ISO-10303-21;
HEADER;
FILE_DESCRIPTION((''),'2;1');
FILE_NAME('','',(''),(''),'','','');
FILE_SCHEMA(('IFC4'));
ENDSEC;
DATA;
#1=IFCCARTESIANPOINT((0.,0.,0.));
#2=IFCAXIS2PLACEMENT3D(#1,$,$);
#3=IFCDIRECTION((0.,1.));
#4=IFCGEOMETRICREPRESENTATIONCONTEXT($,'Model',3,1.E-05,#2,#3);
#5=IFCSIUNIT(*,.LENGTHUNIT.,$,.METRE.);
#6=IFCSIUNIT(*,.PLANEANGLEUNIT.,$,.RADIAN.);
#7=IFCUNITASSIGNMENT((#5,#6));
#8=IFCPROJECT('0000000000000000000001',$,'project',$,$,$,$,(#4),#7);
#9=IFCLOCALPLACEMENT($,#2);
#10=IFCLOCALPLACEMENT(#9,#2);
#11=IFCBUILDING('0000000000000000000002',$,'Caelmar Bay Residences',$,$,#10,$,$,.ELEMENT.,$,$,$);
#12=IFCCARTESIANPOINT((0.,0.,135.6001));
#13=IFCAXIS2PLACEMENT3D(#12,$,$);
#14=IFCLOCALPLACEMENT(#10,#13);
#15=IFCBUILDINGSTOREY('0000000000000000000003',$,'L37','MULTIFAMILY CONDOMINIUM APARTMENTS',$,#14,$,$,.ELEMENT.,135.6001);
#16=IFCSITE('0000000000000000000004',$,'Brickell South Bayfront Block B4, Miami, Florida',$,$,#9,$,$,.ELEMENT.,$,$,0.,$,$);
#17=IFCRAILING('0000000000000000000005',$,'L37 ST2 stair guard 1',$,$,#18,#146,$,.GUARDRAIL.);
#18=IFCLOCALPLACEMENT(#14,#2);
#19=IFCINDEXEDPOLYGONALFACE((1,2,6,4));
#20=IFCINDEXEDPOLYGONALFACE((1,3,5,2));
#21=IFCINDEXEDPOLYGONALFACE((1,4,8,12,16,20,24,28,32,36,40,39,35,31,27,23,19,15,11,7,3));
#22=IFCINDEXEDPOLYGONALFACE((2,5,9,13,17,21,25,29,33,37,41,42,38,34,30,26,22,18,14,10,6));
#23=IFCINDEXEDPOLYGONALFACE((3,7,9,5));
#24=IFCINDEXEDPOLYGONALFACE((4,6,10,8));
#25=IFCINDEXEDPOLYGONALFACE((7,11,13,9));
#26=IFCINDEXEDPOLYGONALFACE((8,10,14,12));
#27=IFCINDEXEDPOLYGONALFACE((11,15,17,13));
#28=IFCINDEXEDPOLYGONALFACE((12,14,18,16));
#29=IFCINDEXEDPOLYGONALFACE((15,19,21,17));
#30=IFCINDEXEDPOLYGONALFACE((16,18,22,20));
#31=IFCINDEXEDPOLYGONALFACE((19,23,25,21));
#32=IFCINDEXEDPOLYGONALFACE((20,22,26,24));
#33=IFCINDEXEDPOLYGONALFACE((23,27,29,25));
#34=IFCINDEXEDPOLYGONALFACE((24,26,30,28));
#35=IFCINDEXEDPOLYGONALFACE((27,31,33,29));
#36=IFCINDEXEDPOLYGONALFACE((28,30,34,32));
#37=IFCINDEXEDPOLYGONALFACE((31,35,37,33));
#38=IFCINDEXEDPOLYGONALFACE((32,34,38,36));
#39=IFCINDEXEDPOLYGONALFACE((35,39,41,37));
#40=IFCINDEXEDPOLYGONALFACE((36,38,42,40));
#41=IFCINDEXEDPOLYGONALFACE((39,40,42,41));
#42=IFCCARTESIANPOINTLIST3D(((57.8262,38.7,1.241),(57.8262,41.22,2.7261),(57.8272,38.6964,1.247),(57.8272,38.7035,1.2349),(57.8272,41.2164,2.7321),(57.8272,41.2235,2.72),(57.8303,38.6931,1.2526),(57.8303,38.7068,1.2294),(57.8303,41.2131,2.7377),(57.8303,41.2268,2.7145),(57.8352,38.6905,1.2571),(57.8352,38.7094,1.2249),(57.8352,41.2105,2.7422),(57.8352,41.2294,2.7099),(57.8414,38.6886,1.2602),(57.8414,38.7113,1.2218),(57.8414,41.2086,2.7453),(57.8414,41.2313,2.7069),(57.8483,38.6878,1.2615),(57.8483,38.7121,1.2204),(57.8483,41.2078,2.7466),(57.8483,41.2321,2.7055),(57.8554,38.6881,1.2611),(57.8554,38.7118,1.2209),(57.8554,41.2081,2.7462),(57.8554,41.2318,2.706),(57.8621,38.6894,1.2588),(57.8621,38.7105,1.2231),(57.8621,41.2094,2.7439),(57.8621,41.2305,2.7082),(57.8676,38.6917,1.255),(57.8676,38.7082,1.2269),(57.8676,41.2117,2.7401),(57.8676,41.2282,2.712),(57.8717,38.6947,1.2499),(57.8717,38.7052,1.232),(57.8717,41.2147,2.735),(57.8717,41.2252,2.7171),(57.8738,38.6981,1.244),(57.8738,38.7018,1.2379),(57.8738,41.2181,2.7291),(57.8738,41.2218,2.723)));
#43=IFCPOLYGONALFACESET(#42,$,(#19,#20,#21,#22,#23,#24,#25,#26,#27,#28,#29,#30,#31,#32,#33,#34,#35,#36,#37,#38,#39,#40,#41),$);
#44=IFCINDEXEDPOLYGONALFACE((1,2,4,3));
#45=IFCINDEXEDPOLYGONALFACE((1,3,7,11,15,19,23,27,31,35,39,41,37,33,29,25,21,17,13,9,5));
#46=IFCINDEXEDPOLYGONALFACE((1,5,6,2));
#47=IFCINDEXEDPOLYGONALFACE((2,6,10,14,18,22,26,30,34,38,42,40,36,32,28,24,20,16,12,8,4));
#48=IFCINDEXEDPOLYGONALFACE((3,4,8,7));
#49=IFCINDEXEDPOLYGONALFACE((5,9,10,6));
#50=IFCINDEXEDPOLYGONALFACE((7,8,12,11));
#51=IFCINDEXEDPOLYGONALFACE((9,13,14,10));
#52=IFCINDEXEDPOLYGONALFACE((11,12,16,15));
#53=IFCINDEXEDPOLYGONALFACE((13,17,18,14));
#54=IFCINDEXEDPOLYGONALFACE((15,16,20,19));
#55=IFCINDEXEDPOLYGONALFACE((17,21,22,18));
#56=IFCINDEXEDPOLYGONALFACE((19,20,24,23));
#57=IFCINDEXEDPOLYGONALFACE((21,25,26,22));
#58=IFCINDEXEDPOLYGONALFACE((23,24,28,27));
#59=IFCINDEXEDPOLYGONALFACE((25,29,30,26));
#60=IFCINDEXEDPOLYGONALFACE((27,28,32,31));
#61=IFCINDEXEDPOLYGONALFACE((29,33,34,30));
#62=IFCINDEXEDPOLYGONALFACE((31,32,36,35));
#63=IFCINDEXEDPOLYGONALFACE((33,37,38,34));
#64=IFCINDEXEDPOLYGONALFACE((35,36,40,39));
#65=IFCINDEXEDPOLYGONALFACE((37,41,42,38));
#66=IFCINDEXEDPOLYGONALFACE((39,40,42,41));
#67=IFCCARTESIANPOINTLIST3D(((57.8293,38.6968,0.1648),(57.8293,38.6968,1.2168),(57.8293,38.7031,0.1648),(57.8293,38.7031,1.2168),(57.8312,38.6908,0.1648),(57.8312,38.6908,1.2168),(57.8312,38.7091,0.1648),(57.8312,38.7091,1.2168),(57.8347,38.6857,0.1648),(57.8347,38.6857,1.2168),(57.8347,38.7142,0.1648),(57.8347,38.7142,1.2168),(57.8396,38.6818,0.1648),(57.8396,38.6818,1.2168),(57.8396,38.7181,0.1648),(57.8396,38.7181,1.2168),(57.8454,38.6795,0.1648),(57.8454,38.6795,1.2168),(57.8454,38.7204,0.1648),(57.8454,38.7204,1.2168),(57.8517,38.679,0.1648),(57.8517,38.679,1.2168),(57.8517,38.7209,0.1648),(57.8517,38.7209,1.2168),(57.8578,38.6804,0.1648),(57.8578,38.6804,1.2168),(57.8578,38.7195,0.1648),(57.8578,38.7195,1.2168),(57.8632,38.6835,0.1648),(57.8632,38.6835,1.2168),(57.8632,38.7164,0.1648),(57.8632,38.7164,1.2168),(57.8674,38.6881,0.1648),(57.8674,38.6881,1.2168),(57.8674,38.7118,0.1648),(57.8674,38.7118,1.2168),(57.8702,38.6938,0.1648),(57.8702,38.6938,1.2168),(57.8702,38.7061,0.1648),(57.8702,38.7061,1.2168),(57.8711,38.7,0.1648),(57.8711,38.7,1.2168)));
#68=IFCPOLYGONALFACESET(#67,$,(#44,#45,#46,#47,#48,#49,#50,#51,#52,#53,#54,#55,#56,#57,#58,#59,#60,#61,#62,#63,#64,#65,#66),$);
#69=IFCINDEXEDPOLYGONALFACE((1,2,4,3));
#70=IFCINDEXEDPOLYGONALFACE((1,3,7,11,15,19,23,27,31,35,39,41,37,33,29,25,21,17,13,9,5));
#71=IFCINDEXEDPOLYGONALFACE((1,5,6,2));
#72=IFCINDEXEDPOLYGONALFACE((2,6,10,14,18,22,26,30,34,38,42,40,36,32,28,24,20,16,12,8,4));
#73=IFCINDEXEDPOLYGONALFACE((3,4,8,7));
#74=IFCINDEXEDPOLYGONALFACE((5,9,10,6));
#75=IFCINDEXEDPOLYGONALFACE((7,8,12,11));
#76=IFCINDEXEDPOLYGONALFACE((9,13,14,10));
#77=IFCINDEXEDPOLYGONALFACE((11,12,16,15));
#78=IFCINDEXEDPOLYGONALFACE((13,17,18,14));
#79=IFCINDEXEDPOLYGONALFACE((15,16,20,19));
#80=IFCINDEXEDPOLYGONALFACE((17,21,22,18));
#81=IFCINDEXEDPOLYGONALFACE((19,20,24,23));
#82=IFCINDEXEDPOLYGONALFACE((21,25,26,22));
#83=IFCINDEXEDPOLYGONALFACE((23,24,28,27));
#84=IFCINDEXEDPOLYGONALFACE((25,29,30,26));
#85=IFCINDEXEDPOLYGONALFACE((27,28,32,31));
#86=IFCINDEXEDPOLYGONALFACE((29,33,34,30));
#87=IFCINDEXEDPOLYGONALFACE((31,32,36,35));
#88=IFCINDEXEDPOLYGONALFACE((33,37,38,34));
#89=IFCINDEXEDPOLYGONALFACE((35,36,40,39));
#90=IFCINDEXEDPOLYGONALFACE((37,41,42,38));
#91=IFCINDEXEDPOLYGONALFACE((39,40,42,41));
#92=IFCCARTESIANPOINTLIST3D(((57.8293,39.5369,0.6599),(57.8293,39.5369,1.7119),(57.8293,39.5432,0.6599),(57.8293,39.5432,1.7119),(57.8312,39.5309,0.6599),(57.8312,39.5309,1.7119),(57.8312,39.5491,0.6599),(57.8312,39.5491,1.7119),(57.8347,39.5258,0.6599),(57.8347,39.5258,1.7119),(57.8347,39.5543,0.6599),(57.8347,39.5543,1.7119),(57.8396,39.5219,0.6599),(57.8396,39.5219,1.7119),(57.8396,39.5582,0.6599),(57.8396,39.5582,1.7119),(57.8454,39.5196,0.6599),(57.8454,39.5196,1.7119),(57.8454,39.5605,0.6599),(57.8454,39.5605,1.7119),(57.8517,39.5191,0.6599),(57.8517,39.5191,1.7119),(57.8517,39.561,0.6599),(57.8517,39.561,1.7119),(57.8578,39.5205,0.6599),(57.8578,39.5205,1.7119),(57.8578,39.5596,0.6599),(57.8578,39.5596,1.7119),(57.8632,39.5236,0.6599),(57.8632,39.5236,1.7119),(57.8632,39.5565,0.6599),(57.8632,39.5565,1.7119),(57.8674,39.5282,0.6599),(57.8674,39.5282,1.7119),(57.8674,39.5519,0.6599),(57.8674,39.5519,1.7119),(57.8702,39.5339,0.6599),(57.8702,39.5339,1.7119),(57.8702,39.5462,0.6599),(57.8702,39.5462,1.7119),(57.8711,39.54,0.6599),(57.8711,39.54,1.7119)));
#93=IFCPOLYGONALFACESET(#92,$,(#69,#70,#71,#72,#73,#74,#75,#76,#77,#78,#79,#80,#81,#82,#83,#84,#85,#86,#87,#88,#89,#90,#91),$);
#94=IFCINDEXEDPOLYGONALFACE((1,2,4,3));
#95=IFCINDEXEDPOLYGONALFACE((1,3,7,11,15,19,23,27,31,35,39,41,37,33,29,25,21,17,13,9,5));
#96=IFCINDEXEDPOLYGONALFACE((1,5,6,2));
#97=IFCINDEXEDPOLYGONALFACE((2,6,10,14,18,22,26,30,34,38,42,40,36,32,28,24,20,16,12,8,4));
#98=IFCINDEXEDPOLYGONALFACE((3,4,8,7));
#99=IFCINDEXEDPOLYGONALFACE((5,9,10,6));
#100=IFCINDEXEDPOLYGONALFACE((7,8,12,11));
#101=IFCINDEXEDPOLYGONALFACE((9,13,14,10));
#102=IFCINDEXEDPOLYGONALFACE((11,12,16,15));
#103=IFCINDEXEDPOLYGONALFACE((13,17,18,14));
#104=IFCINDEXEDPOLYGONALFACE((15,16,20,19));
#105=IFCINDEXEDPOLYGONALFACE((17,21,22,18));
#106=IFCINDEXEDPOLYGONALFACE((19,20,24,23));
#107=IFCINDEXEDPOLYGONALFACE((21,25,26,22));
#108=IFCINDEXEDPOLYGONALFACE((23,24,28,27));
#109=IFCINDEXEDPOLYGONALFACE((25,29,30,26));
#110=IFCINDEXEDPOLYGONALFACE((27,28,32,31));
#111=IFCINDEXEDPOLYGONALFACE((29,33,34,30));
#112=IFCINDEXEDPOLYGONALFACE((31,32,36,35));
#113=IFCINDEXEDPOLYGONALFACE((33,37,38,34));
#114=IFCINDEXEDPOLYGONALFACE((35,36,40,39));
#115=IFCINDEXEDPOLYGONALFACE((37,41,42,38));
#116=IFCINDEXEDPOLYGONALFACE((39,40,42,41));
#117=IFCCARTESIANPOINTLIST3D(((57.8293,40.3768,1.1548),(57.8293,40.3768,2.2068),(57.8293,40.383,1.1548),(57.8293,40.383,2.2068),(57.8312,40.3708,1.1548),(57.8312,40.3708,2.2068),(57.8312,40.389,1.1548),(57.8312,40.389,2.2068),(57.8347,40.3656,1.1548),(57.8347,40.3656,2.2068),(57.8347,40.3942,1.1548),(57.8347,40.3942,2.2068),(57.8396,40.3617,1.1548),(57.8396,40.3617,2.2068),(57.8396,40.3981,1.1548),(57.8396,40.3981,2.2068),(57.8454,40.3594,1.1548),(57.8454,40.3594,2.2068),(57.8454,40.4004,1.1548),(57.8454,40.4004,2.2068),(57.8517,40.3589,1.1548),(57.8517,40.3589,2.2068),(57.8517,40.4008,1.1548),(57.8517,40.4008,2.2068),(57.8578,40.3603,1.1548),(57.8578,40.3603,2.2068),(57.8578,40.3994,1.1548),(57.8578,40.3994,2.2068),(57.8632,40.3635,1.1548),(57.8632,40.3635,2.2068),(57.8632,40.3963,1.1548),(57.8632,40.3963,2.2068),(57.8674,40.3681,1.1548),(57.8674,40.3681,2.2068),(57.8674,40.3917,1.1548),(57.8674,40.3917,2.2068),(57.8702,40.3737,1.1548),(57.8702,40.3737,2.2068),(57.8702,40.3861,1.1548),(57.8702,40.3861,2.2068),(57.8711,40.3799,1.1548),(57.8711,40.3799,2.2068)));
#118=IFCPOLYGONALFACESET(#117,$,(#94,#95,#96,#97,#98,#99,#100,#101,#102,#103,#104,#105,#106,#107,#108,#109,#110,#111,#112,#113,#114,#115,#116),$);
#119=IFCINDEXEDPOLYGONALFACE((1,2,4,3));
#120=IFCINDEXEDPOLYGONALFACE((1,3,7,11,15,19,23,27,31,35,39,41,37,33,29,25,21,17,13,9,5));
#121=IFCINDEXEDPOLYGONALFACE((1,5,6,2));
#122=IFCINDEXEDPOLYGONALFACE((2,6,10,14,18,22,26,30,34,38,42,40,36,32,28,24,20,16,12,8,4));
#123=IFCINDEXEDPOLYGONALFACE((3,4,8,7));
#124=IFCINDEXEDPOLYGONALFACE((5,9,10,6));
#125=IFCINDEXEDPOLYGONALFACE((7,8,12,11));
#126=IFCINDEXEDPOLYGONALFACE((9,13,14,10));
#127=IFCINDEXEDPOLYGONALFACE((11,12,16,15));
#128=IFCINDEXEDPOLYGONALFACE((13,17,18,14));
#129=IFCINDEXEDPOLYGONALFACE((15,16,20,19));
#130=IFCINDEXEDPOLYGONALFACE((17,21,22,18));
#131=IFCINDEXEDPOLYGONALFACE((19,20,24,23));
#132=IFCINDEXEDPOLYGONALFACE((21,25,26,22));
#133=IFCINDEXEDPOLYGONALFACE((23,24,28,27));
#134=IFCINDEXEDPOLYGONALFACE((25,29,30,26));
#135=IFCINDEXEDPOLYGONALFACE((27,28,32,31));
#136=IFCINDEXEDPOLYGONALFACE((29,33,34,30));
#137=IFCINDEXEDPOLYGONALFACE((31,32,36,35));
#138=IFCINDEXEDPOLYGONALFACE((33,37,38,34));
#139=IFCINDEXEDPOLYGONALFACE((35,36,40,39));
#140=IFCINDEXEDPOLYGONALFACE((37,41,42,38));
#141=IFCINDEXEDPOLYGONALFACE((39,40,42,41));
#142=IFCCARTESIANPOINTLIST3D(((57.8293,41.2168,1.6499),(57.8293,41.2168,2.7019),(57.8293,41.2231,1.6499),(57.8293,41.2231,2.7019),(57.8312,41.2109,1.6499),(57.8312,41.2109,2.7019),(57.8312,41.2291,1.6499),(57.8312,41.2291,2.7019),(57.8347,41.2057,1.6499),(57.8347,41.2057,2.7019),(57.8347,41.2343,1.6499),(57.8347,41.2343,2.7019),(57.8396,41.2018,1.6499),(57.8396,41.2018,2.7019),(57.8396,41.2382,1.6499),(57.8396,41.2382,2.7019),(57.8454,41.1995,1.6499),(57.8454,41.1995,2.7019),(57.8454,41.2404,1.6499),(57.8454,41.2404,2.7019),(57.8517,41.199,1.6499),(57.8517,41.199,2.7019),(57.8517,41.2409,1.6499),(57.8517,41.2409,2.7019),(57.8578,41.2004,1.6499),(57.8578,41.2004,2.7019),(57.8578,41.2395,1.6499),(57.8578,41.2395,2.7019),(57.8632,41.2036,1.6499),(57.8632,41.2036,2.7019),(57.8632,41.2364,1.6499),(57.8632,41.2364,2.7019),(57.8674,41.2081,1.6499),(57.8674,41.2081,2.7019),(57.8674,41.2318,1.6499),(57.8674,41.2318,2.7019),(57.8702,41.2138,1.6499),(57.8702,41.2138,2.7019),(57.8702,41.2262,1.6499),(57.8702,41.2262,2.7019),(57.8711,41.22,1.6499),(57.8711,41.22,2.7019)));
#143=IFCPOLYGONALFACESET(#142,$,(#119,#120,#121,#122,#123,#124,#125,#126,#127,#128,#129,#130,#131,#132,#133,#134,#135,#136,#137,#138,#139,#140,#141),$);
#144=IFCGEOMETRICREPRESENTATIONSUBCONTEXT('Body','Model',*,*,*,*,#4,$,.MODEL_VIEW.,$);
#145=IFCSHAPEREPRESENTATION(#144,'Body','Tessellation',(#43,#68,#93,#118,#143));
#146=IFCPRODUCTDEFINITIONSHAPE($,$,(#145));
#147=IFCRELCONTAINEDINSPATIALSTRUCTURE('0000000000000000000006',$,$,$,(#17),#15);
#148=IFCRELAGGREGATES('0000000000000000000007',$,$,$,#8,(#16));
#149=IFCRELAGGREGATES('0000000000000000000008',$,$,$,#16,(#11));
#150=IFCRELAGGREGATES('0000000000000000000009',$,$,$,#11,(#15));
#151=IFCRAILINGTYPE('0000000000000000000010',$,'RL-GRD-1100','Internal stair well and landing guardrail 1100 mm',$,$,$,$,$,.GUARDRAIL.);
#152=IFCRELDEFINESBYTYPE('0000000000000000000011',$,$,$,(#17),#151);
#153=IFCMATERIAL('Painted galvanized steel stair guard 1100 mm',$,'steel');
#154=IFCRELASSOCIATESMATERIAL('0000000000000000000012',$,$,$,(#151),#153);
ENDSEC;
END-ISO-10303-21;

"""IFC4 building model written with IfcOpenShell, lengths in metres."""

from ifc_helpers import new_model, si_unit, direction, frame, origin, origin_2d, place, context, subcontext, project, spatial, circle, extrude, material, type_object, element, save


model = new_model("IFC4")

# Units and contexts
model_context = context("Model", 3, precision=1e-05, world=origin(), true_north=direction((0.0, 1.0)))
body_context = subcontext(model_context, "Body", "Model", "MODEL_VIEW")
ifc_project = project(units=[si_unit("LENGTHUNIT", "METRE"), si_unit("PLANEANGLEUNIT", "RADIAN")], contexts=[model_context])

# Site, building, storey
site_placement = place(None, origin())
site = spatial("IfcSite", under=ifc_project, at=site_placement, Name="Brickell South Bayfront Block B4, Miami, Florida", CompositionType="ELEMENT", RefElevation=0.0)
building_placement = place(site_placement, origin())
building = spatial("IfcBuilding", under=site, at=building_placement, Name="Caelmar Bay Residences", CompositionType="ELEMENT")
storey_placement = place(building_placement, frame((0.0, 0.0, 135.6001)))
storey = spatial("IfcBuildingStorey", under=building, at=storey_placement, Name="L37", Description="MULTIFAMILY CONDOMINIUM APARTMENTS", CompositionType="ELEMENT", Elevation=135.6001)

# Railing
ifc_material_1 = material(Name="Painted galvanized steel stair guard 1100 mm", Category="steel")
railing_type_1 = type_object("IfcRailingType", Name="RL-GRD-1100", Description="Internal stair well and landing guardrail 1100 mm", PredefinedType="GUARDRAIL", material=ifc_material_1)
railing_1_placement = place(storey_placement, frame((57.8501, 38.7, 0.1648)))
element("IfcRailing", 1, at=railing_1_placement, inside=storey, type_object=railing_type_1, Name="L37 ST2 stair guard 1", PredefinedType="GUARDRAIL", context=body_context, shape_type="SweptSolid", body=[
    extrude(circle(Radius=0.0239, at=origin_2d()), frame((0.0, 0.0, 1.0762), z_axis=(0.0, 0.861524, 0.507717), x_axis=(-1.0, 0.0, 0.0)), (0.0, 0.0, 1.0), 2.925),
    extrude(circle(Radius=0.021, at=origin_2d()), origin(), (0.0, 0.0, 1.0), 1.052),
    extrude(circle(Radius=0.021, at=origin_2d()), frame((0.0, 0.8401, 0.4951)), (0.0, 0.0, 1.0), 1.052),
    extrude(circle(Radius=0.021, at=origin_2d()), frame((0.0, 1.6799, 0.99)), (0.0, 0.0, 1.0), 1.052),
    extrude(circle(Radius=0.021, at=origin_2d()), frame((0.0, 2.52, 1.4851)), (0.0, 0.0, 1.0), 1.052),
])

save(model, "model.ifc")
